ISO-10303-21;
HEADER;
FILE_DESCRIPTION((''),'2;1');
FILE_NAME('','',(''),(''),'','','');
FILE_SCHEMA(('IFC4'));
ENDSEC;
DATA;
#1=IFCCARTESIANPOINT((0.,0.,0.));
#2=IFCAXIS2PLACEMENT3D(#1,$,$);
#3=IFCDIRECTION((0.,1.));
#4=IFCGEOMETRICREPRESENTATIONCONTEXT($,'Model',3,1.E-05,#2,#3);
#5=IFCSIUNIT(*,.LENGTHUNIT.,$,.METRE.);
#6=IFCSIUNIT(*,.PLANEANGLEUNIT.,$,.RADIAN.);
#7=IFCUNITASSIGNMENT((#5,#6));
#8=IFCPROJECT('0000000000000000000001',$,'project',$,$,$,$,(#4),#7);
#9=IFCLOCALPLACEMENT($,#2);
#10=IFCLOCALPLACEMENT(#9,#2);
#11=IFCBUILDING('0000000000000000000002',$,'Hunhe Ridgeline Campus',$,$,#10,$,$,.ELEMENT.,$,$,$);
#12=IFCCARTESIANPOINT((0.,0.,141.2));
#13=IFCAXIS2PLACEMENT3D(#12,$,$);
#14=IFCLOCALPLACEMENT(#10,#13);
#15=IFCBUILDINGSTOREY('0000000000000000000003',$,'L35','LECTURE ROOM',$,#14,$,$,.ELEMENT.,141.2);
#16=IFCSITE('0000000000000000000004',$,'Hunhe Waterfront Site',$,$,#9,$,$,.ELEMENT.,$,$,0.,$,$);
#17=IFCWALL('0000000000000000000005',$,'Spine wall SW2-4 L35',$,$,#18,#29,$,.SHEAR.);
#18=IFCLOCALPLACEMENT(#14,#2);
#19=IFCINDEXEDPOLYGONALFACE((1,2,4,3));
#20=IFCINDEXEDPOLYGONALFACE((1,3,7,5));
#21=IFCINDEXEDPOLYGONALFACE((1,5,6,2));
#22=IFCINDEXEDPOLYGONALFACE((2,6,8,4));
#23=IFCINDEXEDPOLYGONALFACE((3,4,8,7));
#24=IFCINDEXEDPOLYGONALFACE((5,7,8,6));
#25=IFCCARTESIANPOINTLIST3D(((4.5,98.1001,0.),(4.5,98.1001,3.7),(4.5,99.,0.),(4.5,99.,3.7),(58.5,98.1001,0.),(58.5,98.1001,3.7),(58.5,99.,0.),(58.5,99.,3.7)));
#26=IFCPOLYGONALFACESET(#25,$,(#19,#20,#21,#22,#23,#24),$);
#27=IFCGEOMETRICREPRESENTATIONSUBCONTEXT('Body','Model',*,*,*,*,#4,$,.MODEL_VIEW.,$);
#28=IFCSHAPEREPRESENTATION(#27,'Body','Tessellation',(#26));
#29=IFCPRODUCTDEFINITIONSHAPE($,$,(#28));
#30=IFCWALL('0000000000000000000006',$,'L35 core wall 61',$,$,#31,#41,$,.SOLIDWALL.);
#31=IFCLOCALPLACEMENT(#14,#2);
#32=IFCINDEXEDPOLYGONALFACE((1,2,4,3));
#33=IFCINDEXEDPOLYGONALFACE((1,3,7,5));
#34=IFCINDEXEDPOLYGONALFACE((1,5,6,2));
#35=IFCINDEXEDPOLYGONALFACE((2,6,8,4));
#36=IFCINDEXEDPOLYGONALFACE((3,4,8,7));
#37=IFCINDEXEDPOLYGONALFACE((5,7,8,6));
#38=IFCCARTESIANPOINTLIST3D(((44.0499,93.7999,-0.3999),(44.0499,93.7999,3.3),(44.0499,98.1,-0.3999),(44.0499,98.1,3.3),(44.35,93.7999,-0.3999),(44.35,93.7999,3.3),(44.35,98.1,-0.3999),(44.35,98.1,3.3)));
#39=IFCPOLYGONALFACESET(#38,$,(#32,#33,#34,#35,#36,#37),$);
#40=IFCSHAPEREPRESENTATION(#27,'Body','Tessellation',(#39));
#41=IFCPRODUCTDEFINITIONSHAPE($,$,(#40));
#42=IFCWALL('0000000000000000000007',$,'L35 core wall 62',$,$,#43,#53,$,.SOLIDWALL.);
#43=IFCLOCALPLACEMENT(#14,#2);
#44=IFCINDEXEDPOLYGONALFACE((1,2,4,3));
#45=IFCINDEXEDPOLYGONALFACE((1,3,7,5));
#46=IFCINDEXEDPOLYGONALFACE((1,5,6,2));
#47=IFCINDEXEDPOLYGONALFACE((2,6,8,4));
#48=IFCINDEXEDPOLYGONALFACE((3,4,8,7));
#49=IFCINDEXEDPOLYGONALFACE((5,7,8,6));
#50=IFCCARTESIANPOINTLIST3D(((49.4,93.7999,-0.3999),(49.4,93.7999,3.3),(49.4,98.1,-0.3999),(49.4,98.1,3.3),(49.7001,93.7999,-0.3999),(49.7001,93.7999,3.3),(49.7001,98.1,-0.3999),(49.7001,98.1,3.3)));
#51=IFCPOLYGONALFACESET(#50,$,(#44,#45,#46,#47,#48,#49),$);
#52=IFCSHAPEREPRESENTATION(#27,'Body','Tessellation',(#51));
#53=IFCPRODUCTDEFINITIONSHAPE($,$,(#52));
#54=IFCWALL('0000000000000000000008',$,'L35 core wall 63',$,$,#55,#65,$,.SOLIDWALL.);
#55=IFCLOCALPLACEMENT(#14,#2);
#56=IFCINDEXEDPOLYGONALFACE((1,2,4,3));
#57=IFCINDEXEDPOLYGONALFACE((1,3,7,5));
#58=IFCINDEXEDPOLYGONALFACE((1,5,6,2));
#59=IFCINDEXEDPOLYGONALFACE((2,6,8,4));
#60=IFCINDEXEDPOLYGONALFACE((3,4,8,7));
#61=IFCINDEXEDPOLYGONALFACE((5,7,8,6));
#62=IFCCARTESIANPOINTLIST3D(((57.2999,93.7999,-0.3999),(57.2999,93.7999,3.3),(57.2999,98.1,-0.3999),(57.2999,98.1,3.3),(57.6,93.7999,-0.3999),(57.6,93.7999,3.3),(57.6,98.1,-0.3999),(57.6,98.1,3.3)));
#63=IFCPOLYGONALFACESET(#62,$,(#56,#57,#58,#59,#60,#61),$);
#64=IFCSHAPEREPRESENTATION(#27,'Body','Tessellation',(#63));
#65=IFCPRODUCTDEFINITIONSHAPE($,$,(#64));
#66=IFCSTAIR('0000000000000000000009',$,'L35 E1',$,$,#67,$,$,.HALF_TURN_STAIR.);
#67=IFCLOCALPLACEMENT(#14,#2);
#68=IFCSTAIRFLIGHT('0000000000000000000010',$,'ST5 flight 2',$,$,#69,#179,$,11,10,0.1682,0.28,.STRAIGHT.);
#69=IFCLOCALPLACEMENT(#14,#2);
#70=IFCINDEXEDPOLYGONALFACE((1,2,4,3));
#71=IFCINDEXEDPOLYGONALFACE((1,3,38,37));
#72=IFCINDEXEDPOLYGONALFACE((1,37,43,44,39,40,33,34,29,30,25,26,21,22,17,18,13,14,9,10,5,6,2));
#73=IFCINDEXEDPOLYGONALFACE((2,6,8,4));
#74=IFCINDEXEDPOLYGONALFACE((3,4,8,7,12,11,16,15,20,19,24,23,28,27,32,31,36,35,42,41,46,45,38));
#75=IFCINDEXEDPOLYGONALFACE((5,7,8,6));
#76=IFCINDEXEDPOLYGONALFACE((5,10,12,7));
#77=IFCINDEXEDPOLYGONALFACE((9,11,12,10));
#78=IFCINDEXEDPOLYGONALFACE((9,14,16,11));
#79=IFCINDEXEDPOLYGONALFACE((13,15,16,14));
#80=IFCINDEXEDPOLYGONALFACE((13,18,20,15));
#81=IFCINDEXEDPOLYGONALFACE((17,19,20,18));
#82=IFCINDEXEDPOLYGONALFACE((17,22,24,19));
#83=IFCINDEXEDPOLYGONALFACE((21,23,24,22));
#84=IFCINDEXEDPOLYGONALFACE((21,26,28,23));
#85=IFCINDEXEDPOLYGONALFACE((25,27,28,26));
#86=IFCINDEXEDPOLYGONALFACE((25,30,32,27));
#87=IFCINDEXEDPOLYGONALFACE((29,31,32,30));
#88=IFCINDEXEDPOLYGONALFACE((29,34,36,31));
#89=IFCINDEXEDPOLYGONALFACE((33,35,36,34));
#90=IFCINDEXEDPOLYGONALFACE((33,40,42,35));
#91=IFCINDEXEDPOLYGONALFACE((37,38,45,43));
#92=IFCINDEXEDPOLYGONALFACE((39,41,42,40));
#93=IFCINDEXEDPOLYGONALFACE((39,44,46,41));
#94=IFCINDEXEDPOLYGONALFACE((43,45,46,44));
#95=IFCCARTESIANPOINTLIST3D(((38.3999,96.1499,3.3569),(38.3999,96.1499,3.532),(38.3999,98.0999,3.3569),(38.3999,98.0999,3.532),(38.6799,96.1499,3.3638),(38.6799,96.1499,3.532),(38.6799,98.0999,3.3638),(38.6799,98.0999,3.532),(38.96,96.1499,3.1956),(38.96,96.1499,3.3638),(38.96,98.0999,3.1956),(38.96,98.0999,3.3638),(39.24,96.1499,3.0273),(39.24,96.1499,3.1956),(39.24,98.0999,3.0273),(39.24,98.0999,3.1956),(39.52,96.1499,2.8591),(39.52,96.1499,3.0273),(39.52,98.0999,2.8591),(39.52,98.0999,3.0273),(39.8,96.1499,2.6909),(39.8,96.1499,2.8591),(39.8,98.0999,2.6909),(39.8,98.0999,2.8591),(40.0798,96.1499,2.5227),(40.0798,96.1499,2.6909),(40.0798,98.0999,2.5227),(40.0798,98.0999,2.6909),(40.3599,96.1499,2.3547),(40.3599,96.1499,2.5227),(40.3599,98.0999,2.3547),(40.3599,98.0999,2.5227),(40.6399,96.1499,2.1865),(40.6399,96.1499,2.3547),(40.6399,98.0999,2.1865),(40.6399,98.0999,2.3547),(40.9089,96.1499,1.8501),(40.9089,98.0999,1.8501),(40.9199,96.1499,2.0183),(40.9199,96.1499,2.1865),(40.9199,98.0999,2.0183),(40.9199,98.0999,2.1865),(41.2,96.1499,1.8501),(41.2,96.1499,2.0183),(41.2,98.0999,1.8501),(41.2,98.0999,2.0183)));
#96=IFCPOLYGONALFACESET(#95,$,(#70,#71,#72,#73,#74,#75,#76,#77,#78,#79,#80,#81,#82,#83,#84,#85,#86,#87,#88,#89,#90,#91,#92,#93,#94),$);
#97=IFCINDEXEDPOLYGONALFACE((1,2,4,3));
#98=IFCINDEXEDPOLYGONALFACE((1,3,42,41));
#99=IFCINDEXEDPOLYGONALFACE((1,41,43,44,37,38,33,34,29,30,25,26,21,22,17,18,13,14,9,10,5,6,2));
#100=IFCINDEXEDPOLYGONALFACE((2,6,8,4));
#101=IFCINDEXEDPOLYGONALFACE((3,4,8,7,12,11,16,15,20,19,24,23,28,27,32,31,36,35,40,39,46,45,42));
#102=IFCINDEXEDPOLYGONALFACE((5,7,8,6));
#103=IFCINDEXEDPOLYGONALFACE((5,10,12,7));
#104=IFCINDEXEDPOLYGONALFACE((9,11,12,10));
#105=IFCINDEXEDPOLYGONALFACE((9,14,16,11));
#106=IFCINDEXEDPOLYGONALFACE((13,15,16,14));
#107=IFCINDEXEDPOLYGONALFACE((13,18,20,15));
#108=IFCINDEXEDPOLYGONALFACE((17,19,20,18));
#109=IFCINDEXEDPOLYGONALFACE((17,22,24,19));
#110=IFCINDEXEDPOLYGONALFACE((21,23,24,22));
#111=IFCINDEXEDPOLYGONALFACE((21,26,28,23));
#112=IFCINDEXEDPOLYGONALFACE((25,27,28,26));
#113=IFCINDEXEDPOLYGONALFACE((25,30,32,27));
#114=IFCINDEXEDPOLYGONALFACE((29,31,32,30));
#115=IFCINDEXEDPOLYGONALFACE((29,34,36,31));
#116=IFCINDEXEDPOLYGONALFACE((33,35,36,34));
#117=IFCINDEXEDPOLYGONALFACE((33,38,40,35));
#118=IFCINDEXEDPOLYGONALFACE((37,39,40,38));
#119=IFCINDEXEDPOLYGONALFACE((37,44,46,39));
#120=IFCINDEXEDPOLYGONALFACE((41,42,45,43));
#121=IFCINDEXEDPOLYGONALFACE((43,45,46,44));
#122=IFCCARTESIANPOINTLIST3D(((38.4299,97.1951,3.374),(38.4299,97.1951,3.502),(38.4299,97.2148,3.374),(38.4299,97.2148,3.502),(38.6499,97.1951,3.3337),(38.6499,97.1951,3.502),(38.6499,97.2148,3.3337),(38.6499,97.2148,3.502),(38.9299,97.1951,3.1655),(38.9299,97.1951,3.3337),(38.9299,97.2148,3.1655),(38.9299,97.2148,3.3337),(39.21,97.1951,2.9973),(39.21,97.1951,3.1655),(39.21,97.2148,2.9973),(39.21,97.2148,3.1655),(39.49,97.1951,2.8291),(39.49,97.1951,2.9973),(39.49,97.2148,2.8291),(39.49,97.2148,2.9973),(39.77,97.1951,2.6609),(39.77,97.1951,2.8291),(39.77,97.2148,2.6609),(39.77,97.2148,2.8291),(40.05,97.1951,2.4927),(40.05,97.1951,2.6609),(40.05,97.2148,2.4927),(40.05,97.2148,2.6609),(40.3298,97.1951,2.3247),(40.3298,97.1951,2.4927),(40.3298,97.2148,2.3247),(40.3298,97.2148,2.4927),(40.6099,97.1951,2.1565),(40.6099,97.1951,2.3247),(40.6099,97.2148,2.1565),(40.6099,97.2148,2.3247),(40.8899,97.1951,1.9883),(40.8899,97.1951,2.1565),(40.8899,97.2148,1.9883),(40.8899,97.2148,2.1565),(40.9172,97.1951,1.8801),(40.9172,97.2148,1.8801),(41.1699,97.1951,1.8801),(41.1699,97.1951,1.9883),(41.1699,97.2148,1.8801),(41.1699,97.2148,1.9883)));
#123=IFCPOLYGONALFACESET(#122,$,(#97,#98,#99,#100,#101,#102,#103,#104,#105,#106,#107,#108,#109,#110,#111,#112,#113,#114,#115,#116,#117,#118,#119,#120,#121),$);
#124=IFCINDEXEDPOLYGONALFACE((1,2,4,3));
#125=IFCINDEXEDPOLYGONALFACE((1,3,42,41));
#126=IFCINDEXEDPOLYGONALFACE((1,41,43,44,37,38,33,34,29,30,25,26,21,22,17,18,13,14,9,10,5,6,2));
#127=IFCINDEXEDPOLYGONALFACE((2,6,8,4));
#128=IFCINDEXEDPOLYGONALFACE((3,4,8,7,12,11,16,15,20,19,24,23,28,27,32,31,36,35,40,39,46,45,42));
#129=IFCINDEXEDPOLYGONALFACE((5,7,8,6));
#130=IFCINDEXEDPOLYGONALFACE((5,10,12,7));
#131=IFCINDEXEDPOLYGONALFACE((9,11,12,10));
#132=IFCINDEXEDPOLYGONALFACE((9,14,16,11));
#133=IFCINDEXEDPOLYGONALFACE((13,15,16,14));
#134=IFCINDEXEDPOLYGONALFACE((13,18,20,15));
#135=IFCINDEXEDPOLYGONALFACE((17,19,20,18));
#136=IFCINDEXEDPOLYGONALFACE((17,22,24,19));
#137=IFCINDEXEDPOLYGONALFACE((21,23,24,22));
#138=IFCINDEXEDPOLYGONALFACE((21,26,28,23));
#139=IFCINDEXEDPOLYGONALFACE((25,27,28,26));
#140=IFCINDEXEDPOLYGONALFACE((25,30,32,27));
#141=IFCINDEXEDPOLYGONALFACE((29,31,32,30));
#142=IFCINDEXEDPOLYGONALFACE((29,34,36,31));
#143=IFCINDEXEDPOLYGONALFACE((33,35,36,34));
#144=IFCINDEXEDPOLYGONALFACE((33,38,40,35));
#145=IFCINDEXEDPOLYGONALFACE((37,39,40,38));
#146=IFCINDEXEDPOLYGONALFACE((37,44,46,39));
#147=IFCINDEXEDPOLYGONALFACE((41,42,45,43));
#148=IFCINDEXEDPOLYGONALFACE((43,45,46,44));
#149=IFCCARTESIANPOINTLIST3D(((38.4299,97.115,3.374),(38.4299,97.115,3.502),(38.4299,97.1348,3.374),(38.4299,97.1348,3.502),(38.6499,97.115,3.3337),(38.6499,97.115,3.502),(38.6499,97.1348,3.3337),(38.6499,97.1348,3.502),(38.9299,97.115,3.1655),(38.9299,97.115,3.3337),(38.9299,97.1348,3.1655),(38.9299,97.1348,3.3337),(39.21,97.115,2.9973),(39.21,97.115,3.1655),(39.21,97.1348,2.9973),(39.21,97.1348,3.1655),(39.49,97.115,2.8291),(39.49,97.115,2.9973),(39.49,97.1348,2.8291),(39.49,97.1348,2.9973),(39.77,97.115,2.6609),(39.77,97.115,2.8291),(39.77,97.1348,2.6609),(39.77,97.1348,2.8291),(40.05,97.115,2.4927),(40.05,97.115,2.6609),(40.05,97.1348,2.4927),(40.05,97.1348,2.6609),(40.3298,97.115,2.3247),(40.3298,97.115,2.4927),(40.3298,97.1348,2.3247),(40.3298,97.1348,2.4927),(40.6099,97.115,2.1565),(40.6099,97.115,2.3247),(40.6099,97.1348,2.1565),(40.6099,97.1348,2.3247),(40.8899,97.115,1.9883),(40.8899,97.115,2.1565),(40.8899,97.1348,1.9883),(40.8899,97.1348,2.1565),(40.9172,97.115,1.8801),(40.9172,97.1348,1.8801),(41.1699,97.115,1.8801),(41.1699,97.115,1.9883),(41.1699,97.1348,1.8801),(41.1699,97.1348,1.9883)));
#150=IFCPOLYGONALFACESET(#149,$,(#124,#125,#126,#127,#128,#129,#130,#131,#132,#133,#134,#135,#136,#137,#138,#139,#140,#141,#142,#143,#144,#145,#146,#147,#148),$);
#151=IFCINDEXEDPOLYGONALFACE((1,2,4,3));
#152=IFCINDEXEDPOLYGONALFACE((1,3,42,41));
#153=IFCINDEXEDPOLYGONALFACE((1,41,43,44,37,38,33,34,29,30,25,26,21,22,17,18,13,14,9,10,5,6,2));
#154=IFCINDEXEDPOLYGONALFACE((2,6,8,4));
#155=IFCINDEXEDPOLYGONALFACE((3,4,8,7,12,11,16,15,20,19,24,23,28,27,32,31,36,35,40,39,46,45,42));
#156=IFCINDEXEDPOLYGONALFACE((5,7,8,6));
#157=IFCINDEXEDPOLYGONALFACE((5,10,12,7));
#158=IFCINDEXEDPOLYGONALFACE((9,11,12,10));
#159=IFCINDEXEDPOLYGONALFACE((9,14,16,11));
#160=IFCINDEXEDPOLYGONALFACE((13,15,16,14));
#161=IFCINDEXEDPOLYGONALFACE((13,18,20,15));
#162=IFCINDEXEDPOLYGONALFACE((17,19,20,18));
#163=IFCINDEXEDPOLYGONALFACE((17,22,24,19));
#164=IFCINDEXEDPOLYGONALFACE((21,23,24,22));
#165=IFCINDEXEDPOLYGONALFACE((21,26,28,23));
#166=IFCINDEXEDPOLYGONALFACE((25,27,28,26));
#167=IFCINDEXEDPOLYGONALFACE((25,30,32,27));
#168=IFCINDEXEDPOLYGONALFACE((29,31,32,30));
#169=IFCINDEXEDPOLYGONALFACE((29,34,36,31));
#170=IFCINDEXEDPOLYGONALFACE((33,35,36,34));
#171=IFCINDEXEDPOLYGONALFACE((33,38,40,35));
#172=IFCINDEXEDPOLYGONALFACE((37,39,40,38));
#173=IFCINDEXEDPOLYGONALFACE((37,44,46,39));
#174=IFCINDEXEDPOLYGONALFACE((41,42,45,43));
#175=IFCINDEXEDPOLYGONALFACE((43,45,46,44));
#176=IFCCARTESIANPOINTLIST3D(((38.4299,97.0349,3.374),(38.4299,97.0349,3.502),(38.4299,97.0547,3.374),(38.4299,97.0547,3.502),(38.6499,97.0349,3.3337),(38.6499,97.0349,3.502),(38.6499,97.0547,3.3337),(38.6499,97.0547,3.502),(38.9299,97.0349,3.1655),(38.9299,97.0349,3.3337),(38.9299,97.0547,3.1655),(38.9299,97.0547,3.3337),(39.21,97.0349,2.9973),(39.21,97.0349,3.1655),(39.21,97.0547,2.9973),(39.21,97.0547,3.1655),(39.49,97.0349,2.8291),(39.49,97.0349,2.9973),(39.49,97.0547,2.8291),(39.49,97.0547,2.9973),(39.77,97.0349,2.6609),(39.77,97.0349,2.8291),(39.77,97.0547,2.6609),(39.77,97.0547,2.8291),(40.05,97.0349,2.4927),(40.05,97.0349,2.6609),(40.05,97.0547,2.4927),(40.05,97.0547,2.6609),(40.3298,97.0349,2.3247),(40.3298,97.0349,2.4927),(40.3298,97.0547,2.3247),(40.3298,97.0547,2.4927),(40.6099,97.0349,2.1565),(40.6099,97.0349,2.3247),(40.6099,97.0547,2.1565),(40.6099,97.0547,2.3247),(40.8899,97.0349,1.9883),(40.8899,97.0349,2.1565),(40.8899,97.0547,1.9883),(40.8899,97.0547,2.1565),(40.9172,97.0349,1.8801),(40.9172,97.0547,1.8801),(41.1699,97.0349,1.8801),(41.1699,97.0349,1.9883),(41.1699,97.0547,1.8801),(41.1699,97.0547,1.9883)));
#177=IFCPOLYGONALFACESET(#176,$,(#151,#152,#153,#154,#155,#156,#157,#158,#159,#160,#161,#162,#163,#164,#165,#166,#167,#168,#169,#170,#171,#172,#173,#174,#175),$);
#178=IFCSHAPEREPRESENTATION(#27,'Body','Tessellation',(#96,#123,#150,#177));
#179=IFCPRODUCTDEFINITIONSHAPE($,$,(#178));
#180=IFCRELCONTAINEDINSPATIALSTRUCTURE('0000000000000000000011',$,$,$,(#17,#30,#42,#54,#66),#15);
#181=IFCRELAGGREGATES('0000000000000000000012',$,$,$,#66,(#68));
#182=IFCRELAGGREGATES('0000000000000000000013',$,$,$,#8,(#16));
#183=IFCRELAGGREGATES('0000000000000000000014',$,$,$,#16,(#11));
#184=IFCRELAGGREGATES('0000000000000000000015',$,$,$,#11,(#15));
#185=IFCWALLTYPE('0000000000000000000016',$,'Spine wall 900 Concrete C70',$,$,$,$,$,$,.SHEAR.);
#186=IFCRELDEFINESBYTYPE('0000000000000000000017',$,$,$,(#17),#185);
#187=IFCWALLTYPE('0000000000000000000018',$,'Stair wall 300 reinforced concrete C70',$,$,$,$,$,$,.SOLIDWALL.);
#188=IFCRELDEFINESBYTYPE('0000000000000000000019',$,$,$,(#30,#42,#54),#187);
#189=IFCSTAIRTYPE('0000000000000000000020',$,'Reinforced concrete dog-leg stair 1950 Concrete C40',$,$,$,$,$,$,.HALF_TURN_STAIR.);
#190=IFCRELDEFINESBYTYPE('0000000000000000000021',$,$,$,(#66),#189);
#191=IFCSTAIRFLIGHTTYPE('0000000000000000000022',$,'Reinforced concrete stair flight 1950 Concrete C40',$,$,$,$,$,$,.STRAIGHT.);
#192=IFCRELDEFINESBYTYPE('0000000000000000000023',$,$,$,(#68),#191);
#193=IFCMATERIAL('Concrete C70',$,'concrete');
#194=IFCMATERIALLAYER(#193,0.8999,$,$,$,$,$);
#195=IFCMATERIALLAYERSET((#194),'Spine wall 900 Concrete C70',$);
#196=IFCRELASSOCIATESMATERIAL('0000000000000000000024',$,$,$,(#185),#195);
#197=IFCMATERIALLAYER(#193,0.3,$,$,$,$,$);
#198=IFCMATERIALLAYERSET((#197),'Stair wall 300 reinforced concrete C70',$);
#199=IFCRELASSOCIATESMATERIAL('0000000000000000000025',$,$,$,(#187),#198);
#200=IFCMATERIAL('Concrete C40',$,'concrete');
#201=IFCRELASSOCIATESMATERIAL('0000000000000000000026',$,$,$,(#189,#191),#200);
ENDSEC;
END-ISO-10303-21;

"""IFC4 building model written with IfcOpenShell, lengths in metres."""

from ifc_helpers import new_model, si_unit, direction, frame, frame_2d, origin, place, context, subcontext, project, spatial, polyline, rectangle, outline, extrude, material, layer, layer_set, type_object, element, aggregate, save


model = new_model("IFC4")

# Units and contexts
model_context = context("Model", 3, precision=1e-05, world=origin(), true_north=direction((0.0, 1.0)))
body_context = subcontext(model_context, "Body", "Model", "MODEL_VIEW")
ifc_project = project(units=[si_unit("LENGTHUNIT", "METRE"), si_unit("PLANEANGLEUNIT", "RADIAN")], contexts=[model_context])

# Site, building, storey
site_placement = place(None, origin())
site = spatial("IfcSite", under=ifc_project, at=site_placement, Name="Hunhe Waterfront Site", CompositionType="ELEMENT", RefElevation=0.0)
building_placement = place(site_placement, origin())
building = spatial("IfcBuilding", under=site, at=building_placement, Name="Hunhe Ridgeline Campus", CompositionType="ELEMENT")
storey_placement = place(building_placement, frame((0.0, 0.0, 141.2)))
storey = spatial("IfcBuildingStorey", under=building, at=storey_placement, Name="L35", Description="LECTURE ROOM", CompositionType="ELEMENT", Elevation=141.2)

# Shared definitions
ifc_material_1 = material(Name="Concrete C70", Category="concrete")

# Wall
ifc_layer_1 = layer(ifc_material_1, 0.8999)
ifc_layer_set_1 = layer_set([ifc_layer_1], Name="Spine wall 900 Concrete C70")
wall_type_1 = type_object("IfcWallType", Name="Spine wall 900 Concrete C70", PredefinedType="SHEAR", material=ifc_layer_set_1)
wall_1_placement = place(storey_placement, frame((58.5, 98.55, 0.0), z_axis=(0.0, 0.0, 1.0), x_axis=(-1.0, 0.0, 0.0)))
element("IfcWall", 1, at=wall_1_placement, inside=storey, type_object=wall_type_1, Name="Spine wall SW2-4 L35", PredefinedType="SHEAR", context=body_context, shape_type="SweptSolid", body=[
    extrude(rectangle(XDim=54.0, YDim=0.8999, at=frame_2d((27.0, 0.0))), origin(), (0.0, 0.0, 1.0), 3.7),
])

# Shared definitions
ifc_layer_2 = layer(ifc_material_1, 0.3)
ifc_layer_set_2 = layer_set([ifc_layer_2], Name="Stair wall 300 reinforced concrete C70")
wall_type_2 = type_object("IfcWallType", Name="Stair wall 300 reinforced concrete C70", PredefinedType="SOLIDWALL", material=ifc_layer_set_2)

# Walls
for number, where, z_axis, x_axis, name in (
    (2, (44.2, 93.8, -0.3999), (0.0, 0.0, 1.0), (0.0, 1.0, 0.0), "L35 core wall 61"),
    (3, (49.55, 93.8, -0.3999), (0.0, 0.0, 1.0), (0.0, 1.0, 0.0), "L35 core wall 62"),
    (4, (57.45, 93.8, -0.3999), (0.0, 0.0, 1.0), (0.0, 1.0, 0.0), "L35 core wall 63"),
):
    element("IfcWall", number, at=place(storey_placement, frame(where, z_axis=z_axis, x_axis=x_axis)), inside=storey, type_object=wall_type_2, Name=name, PredefinedType="SOLIDWALL", context=body_context, shape_type="SweptSolid", body=[
        extrude(rectangle(XDim=4.3, YDim=0.3, at=frame_2d((2.1499, 0.0))), origin(), (0.0, 0.0, 1.0), 3.7),
    ])

# Stair, stair flight
ifc_material_2 = material(Name="Concrete C40", Category="concrete")
stair_type = type_object("IfcStairType", Name="Reinforced concrete dog-leg stair 1950 Concrete C40", PredefinedType="HALF_TURN_STAIR", material=ifc_material_2)
stair_1_placement = place(storey_placement, origin())
stair_1 = element("IfcStair", 5, at=stair_1_placement, inside=storey, type_object=stair_type, Name="L35 E1", PredefinedType="HALF_TURN_STAIR")
stair_flight_type = type_object("IfcStairFlightType", Name="Reinforced concrete stair flight 1950 Concrete C40", PredefinedType="STRAIGHT", material=ifc_material_2)
stair_flight_1_placement = place(storey_placement, frame((41.2, 97.125, 1.8501), z_axis=(0.0, 0.0, 1.0), x_axis=(-1.0, 0.0, 0.0)))
stair_flight_1 = element("IfcStairFlight", 6, at=stair_flight_1_placement, type_object=stair_flight_type, Name="ST5 flight 2", NumberOfRisers=11, NumberOfTreads=10, PredefinedType="STRAIGHT", RiserHeight=0.1682, TreadLength=0.28, context=body_context, shape_type="SweptSolid", body=[
    extrude(outline(polyline([(0.0, 0.0), (0.0, 0.1682), (0.28, 0.1682), (0.28, 0.3364), (0.5601, 0.3364), (0.5601, 0.5046), (0.8401, 0.5046), (0.8401, 0.6726), (1.1201, 0.6726), (1.1201, 0.8408), (1.3999, 0.8408), (1.3999, 1.009), (1.6799, 1.009), (1.6799, 1.1772), (1.96, 1.1772), (1.96, 1.3455), (2.24, 1.3455), (2.24, 1.5137), (2.52, 1.5137), (2.52, 1.6819), (2.8, 1.6819), (2.8, 1.8501), (2.8, 1.5068), (0.291, 0.0), (0.0, 0.0)])), frame((0.0, 0.9751, 0.0), z_axis=(0.0, -1.0, 0.0), x_axis=(1.0, 0.0, 0.0)), (0.0, 0.0, 1.0), 1.95),
    extrude(outline(polyline([(0.03, 0.03), (0.03, 0.1382), (0.3101, 0.1382), (0.3101, 0.3064), (0.5901, 0.3064), (0.5901, 0.4746), (0.8701, 0.4746), (0.8701, 0.6426), (1.1499, 0.6426), (1.1499, 0.8108), (1.4299, 0.8108), (1.4299, 0.979), (1.71, 0.979), (1.71, 1.1472), (1.99, 1.1472), (1.99, 1.3154), (2.27, 1.3154), (2.27, 1.4836), (2.55, 1.4836), (2.55, 1.6519), (2.77, 1.6519), (2.77, 1.5239), (0.2827, 0.03), (0.03, 0.03)])), frame((0.0, -0.0701, 0.0), z_axis=(0.0, -1.0, 0.0), x_axis=(1.0, 0.0, 0.0)), (0.0, 0.0, 1.0), 0.0198),
    extrude(outline(polyline([(0.03, 0.03), (0.03, 0.1382), (0.3101, 0.1382), (0.3101, 0.3064), (0.5901, 0.3064), (0.5901, 0.4746), (0.8701, 0.4746), (0.8701, 0.6426), (1.1499, 0.6426), (1.1499, 0.8108), (1.4299, 0.8108), (1.4299, 0.979), (1.71, 0.979), (1.71, 1.1472), (1.99, 1.1472), (1.99, 1.3154), (2.27, 1.3154), (2.27, 1.4836), (2.55, 1.4836), (2.55, 1.6519), (2.77, 1.6519), (2.77, 1.5239), (0.2827, 0.03), (0.03, 0.03)])), frame((0.0, 0.01, 0.0), z_axis=(0.0, -1.0, 0.0), x_axis=(1.0, 0.0, 0.0)), (0.0, 0.0, 1.0), 0.0198),
    extrude(outline(polyline([(0.03, 0.03), (0.03, 0.1382), (0.3101, 0.1382), (0.3101, 0.3064), (0.5901, 0.3064), (0.5901, 0.4746), (0.8701, 0.4746), (0.8701, 0.6426), (1.1499, 0.6426), (1.1499, 0.8108), (1.4299, 0.8108), (1.4299, 0.979), (1.71, 0.979), (1.71, 1.1472), (1.99, 1.1472), (1.99, 1.3154), (2.27, 1.3154), (2.27, 1.4836), (2.55, 1.4836), (2.55, 1.6519), (2.77, 1.6519), (2.77, 1.5239), (0.2827, 0.03), (0.03, 0.03)])), frame((0.0, 0.0901, 0.0), z_axis=(0.0, -1.0, 0.0), x_axis=(1.0, 0.0, 0.0)), (0.0, 0.0, 1.0), 0.0198),
])
aggregate(stair_1, [stair_flight_1])

save(model, "model.ifc")
